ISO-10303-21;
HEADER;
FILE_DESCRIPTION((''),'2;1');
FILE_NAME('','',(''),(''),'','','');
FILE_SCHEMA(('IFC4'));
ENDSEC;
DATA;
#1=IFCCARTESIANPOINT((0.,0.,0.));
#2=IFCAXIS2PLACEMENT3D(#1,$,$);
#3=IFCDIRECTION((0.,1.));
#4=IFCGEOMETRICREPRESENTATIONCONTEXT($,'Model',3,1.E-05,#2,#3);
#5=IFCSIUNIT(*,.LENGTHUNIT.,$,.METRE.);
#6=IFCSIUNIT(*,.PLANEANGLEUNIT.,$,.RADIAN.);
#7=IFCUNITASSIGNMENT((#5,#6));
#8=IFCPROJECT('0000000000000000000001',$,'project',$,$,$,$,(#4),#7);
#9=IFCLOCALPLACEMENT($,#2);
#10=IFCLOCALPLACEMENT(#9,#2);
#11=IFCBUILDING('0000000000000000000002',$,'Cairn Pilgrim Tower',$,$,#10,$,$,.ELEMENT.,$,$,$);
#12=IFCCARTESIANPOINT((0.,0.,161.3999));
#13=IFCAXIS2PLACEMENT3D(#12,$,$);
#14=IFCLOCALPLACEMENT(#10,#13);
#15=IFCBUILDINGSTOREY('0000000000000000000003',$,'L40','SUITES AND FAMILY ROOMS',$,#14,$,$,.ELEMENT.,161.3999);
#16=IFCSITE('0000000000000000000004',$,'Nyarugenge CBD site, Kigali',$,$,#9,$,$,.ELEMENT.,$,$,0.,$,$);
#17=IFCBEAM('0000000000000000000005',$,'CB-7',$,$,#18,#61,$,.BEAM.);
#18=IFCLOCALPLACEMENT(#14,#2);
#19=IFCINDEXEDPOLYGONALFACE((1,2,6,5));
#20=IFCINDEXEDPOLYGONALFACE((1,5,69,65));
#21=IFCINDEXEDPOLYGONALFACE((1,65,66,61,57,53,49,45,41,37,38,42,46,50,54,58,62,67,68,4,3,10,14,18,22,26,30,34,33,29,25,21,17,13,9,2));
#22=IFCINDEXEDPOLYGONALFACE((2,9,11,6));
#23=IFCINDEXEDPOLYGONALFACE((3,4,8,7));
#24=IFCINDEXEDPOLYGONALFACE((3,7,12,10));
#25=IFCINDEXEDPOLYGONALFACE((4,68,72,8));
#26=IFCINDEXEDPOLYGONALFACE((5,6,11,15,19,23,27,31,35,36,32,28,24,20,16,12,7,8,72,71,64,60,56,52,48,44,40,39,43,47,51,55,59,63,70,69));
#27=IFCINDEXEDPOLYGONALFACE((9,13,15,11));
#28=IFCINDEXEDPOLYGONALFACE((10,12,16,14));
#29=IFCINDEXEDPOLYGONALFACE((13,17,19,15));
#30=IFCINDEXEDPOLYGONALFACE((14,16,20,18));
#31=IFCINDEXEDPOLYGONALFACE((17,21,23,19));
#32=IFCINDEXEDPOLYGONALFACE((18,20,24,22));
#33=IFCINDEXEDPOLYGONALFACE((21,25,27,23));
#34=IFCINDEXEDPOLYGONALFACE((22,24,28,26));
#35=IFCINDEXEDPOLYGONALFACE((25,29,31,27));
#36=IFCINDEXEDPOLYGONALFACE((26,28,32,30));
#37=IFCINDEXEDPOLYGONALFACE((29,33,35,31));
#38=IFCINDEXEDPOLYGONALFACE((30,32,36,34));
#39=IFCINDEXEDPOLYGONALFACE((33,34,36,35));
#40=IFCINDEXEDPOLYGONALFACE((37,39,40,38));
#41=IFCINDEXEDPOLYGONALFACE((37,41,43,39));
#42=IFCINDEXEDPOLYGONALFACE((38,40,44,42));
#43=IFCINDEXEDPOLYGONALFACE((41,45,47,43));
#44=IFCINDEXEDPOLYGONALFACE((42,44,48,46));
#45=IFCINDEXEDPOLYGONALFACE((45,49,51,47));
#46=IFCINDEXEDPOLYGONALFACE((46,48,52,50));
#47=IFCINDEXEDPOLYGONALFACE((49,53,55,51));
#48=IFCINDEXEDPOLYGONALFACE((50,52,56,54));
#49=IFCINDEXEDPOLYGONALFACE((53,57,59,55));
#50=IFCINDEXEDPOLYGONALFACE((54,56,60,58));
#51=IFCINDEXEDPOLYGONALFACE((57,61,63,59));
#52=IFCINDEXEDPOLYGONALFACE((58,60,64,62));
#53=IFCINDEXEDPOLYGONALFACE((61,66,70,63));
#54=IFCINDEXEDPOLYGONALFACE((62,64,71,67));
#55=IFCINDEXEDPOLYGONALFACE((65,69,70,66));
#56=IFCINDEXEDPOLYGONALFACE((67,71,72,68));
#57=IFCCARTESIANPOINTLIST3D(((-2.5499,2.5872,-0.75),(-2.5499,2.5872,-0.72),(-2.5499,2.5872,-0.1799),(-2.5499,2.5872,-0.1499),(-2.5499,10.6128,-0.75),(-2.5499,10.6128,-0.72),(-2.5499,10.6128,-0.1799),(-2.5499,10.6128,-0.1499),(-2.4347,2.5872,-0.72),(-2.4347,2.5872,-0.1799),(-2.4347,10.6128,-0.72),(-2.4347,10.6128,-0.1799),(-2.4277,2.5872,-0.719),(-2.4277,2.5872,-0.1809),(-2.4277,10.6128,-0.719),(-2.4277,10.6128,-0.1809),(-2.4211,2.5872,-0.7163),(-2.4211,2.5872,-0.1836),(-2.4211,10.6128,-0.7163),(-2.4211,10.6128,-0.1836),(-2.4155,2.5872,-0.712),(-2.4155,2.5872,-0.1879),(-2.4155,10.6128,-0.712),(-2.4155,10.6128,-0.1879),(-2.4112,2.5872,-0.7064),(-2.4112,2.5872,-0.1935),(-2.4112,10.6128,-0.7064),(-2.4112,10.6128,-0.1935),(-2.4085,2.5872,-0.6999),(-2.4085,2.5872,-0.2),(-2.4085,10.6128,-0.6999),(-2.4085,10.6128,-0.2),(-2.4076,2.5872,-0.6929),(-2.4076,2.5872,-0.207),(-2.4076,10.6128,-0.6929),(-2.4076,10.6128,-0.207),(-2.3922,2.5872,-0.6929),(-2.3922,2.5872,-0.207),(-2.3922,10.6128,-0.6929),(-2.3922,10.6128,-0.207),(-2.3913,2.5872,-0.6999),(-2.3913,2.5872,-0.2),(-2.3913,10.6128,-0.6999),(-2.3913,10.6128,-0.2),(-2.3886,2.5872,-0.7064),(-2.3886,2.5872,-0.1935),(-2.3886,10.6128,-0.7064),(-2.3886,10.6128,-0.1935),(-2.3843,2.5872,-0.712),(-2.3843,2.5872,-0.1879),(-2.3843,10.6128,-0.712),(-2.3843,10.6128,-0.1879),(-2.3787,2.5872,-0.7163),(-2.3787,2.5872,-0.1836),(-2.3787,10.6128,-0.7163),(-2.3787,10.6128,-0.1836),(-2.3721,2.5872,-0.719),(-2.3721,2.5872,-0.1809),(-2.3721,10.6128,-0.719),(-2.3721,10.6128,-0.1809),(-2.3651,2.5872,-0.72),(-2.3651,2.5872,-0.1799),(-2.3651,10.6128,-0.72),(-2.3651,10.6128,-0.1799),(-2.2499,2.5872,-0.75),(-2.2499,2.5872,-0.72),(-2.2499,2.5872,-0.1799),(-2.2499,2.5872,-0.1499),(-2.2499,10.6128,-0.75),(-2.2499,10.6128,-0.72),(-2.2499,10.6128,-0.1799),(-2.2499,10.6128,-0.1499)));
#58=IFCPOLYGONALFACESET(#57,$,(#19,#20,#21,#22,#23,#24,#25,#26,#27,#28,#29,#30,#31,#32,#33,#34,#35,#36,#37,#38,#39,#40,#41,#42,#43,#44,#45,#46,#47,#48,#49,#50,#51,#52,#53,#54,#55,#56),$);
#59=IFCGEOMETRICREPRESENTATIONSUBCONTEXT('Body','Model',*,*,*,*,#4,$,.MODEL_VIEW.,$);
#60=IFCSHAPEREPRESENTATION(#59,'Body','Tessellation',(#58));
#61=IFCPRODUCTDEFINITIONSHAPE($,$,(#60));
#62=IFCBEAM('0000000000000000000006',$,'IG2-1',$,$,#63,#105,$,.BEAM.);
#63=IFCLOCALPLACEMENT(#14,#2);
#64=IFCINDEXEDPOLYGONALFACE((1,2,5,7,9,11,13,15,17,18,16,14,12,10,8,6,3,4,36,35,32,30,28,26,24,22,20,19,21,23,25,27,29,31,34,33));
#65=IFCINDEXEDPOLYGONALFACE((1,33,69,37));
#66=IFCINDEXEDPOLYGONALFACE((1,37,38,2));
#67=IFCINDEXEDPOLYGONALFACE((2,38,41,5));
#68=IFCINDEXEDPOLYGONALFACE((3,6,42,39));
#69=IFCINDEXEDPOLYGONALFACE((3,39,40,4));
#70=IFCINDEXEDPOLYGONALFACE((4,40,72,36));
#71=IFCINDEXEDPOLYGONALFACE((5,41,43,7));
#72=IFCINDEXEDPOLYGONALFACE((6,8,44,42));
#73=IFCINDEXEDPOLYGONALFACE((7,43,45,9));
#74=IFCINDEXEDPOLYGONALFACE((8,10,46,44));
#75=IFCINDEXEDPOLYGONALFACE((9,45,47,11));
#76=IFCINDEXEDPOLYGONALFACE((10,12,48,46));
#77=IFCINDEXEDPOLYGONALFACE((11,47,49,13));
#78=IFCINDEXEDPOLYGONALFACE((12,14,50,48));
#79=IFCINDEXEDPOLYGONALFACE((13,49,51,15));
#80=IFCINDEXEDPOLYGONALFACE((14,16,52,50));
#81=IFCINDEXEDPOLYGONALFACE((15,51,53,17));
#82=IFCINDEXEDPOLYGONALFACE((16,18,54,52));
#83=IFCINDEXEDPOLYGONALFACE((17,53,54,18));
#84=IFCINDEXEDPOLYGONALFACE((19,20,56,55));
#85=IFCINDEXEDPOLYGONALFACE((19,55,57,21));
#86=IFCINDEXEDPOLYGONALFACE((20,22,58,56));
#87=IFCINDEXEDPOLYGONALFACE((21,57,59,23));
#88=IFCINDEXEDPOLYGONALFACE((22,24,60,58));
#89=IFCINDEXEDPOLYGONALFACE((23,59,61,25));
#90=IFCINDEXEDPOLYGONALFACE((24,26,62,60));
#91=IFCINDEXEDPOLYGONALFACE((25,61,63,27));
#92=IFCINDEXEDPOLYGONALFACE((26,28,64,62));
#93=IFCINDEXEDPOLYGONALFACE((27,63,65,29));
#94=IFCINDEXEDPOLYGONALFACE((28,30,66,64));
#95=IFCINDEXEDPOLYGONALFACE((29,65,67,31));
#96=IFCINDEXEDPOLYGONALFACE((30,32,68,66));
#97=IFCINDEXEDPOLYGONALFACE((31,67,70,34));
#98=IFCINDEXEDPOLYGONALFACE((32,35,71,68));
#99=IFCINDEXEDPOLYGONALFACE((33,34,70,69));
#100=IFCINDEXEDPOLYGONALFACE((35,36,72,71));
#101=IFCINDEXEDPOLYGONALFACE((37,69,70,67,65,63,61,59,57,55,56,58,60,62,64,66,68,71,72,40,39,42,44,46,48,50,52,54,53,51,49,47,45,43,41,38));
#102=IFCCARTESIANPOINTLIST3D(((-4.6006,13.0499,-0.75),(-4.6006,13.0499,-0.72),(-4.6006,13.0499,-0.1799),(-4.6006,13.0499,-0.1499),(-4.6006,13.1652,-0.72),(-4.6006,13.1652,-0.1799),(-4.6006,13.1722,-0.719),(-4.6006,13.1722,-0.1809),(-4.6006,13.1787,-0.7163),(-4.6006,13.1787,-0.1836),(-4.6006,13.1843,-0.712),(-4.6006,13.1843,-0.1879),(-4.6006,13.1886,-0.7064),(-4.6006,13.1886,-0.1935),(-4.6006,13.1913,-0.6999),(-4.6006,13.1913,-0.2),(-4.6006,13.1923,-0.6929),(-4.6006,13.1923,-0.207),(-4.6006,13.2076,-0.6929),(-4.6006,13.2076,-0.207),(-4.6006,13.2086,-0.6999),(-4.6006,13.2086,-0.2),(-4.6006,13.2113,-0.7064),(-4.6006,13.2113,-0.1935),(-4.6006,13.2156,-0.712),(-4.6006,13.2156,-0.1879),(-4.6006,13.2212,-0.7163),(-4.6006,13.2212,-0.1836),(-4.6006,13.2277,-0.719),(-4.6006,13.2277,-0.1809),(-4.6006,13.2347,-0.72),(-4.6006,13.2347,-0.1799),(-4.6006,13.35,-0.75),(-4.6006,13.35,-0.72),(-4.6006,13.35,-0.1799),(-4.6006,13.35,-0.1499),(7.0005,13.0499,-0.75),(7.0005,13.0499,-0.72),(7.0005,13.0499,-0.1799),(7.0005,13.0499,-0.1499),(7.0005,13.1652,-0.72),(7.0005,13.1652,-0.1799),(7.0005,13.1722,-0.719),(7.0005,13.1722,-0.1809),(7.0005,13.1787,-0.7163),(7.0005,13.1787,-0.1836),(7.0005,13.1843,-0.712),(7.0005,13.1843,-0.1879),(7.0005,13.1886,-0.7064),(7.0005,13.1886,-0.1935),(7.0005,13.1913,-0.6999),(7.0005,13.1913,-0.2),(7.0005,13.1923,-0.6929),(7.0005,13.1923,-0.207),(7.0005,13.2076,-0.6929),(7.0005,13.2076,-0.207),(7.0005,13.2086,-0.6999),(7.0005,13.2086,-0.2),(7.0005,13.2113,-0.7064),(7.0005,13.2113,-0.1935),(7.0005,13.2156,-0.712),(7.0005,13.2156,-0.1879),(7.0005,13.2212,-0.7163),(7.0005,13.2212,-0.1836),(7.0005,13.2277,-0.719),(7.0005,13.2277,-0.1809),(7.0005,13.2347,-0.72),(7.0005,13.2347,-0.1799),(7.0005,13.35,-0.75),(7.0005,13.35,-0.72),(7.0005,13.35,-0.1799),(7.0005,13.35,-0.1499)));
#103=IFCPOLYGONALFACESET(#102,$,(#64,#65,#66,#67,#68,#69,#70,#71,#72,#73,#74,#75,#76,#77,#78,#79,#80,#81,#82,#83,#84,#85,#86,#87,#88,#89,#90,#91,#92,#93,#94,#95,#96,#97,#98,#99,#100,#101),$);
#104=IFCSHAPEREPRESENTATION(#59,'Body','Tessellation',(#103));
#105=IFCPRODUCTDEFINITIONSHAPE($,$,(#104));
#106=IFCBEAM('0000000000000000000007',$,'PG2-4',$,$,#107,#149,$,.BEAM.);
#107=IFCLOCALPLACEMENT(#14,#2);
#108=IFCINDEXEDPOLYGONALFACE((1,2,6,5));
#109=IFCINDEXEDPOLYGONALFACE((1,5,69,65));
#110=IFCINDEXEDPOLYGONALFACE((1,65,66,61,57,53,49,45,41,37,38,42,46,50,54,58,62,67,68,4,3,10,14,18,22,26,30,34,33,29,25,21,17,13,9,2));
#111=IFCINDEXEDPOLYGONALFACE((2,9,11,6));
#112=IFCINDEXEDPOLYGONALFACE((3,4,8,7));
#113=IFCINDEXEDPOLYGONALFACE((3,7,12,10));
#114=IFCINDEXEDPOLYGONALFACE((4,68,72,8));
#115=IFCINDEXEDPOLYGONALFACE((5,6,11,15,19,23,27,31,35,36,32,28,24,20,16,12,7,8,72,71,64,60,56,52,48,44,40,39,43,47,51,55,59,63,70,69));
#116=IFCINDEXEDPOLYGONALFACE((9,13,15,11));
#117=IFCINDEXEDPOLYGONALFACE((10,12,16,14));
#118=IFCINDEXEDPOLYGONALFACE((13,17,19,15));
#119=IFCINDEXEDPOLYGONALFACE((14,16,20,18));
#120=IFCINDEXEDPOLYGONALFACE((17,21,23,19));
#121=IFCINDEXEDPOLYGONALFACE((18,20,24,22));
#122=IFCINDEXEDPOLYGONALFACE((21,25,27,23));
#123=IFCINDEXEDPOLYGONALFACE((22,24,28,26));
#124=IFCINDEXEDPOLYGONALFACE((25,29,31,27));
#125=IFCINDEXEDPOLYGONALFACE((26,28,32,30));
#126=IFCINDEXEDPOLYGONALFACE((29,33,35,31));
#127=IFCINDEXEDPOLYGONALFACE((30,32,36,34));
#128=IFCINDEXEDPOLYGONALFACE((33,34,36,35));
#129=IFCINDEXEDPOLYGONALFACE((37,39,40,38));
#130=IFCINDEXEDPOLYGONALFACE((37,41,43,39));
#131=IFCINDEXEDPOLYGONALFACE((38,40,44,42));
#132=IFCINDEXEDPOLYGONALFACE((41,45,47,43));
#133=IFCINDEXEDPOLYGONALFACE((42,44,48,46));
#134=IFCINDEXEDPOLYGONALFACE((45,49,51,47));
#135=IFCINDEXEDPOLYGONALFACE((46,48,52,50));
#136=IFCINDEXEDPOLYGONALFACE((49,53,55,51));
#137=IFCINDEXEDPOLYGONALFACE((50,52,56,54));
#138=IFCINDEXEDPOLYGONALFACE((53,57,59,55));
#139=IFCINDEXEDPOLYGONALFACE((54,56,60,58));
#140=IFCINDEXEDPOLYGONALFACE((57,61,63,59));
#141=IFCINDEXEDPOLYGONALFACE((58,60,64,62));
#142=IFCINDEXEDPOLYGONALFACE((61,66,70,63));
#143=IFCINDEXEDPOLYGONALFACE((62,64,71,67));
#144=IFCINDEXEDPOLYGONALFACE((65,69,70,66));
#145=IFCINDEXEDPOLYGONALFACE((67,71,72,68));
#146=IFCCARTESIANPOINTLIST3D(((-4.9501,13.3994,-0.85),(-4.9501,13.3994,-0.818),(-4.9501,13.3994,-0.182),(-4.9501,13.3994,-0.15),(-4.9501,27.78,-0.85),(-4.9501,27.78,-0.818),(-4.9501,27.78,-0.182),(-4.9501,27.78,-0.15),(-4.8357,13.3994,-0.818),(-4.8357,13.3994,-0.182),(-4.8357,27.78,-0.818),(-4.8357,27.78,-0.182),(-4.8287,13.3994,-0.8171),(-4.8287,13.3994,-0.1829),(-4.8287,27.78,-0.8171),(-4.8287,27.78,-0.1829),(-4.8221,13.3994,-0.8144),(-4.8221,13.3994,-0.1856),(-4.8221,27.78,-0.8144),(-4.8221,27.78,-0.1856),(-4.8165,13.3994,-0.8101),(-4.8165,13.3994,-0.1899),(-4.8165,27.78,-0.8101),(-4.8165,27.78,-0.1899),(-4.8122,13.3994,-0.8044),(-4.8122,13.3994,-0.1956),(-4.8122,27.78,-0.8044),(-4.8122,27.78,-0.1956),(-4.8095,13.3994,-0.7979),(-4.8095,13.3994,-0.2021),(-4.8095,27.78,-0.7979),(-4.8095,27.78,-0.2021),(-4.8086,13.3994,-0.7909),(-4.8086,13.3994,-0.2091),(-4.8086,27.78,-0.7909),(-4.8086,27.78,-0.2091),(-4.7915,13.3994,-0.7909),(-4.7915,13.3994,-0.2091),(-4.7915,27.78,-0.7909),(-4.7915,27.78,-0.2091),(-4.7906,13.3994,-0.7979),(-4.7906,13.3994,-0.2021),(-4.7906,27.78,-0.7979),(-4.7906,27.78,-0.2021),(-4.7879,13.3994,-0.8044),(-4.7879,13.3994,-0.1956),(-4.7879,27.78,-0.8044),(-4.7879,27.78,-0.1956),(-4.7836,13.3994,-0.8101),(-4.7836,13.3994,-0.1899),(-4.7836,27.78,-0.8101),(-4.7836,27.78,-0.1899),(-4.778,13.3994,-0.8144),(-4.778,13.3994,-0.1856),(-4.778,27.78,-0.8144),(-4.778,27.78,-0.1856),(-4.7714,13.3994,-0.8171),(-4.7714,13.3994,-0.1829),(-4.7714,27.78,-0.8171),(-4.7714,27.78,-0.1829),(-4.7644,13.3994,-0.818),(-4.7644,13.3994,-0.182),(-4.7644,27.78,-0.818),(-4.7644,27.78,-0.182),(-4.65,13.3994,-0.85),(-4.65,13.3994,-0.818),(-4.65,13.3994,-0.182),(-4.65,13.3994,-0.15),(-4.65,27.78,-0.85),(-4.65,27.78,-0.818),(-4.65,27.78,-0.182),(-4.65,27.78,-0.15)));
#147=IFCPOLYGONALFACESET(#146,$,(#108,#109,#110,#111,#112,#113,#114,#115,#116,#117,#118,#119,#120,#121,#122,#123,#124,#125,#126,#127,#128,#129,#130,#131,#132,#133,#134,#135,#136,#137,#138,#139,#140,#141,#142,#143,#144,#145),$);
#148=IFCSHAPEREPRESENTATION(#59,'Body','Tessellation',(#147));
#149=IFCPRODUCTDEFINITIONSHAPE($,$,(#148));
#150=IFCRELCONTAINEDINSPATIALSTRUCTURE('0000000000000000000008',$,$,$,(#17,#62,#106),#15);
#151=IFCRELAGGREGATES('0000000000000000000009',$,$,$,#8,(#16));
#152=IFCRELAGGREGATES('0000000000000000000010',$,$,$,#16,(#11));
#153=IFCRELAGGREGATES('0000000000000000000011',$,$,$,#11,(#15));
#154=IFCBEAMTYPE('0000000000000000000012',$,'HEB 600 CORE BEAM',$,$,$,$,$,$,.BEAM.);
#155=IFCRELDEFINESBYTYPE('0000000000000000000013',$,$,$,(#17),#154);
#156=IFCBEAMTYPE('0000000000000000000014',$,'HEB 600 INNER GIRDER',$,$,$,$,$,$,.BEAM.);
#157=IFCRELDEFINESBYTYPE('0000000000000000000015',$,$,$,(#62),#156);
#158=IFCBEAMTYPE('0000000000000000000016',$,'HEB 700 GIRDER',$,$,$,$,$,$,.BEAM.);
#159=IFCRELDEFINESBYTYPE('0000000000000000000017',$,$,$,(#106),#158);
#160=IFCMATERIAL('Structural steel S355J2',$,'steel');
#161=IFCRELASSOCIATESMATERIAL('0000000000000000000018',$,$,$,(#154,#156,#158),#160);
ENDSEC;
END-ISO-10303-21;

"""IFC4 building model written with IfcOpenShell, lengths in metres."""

from ifc_helpers import new_model, si_unit, direction, frame, origin, origin_2d, place, context, subcontext, project, spatial, i_section, extrude, material, material_profile, profile_set, type_object, element, save


model = new_model("IFC4")

# Units and contexts
model_context = context("Model", 3, precision=1e-05, world=origin(), true_north=direction((0.0, 1.0)))
body_context = subcontext(model_context, "Body", "Model", "MODEL_VIEW")
ifc_project = project(units=[si_unit("LENGTHUNIT", "METRE"), si_unit("PLANEANGLEUNIT", "RADIAN")], contexts=[model_context])

# Site, building, storey
site_placement = place(None, origin())
site = spatial("IfcSite", under=ifc_project, at=site_placement, Name="Nyarugenge CBD site, Kigali", CompositionType="ELEMENT", RefElevation=0.0)
building_placement = place(site_placement, origin())
building = spatial("IfcBuilding", under=site, at=building_placement, Name="Cairn Pilgrim Tower", CompositionType="ELEMENT")
storey_placement = place(building_placement, frame((0.0, 0.0, 161.3999)))
storey = spatial("IfcBuildingStorey", under=building, at=storey_placement, Name="L40", Description="SUITES AND FAMILY ROOMS", CompositionType="ELEMENT", Elevation=161.3999)

# Shared definitions
ifc_material_1 = material(Name="Structural steel S355J2", Category="steel")

# Beams
ifc_material_profile_1 = material_profile(ifc_material_1, i_section(OverallWidth=0.3, OverallDepth=0.6001, WebThickness=0.0154, FlangeThickness=0.03, FilletRadius=0.0271, at=origin_2d()), Name="HEB 600")
ifc_profile_set_1 = profile_set([ifc_material_profile_1], Name="Structural steel S355J2")
beam_type_1 = type_object("IfcBeamType", Name="HEB 600 CORE BEAM", PredefinedType="BEAM", material=ifc_profile_set_1)
beam_1_placement = place(storey_placement, frame((-2.3999, 10.6128, -0.45), z_axis=(0.0, -1.0, 0.0), x_axis=(1.0, 0.0, 0.0)))
element("IfcBeam", 1, at=beam_1_placement, inside=storey, type_object=beam_type_1, Name="CB-7", PredefinedType="BEAM", context=body_context, shape_type="SweptSolid", body=[
    extrude(i_section(OverallWidth=0.3, OverallDepth=0.6001, WebThickness=0.0154, FlangeThickness=0.03, FilletRadius=0.0271, at=origin_2d()), origin(), (0.0, 0.0, 1.0), 8.0256),
])
ifc_material_profile_2 = material_profile(ifc_material_1, i_section(OverallWidth=0.3, OverallDepth=0.6001, WebThickness=0.0154, FlangeThickness=0.03, FilletRadius=0.0271, at=origin_2d()), Name="HEB 600")
ifc_profile_set_2 = profile_set([ifc_material_profile_2], Name="Structural steel S355J2")
beam_type_2 = type_object("IfcBeamType", Name="HEB 600 INNER GIRDER", PredefinedType="BEAM", material=ifc_profile_set_2)
beam_2_placement = place(storey_placement, frame((-4.6006, 13.2, -0.45), z_axis=(1.0, 0.0, 0.0), x_axis=(0.0, 1.0, 0.0)))
element("IfcBeam", 2, at=beam_2_placement, inside=storey, type_object=beam_type_2, Name="IG2-1", PredefinedType="BEAM", context=body_context, shape_type="SweptSolid", body=[
    extrude(i_section(OverallWidth=0.3, OverallDepth=0.6001, WebThickness=0.0154, FlangeThickness=0.03, FilletRadius=0.0271, at=origin_2d()), origin(), (0.0, 0.0, 1.0), 11.6011),
])
ifc_material_profile_3 = material_profile(ifc_material_1, i_section(OverallWidth=0.3, OverallDepth=0.7, WebThickness=0.0171, FlangeThickness=0.032, FilletRadius=0.0271, at=origin_2d()), Name="HEB 700")
ifc_profile_set_3 = profile_set([ifc_material_profile_3], Name="Structural steel S355J2")
beam_type_3 = type_object("IfcBeamType", Name="HEB 700 GIRDER", PredefinedType="BEAM", material=ifc_profile_set_3)
beam_3_placement = place(storey_placement, frame((-4.8, 13.3994, -0.5), z_axis=(0.0, 1.0, 0.0), x_axis=(-1.0, 0.0, 0.0)))
element("IfcBeam", 3, at=beam_3_placement, inside=storey, type_object=beam_type_3, Name="PG2-4", PredefinedType="BEAM", context=body_context, shape_type="SweptSolid", body=[
    extrude(i_section(OverallWidth=0.3, OverallDepth=0.7, WebThickness=0.0171, FlangeThickness=0.032, FilletRadius=0.0271, at=origin_2d()), origin(), (0.0, 0.0, 1.0), 14.3806),
])

save(model, "model.ifc")
